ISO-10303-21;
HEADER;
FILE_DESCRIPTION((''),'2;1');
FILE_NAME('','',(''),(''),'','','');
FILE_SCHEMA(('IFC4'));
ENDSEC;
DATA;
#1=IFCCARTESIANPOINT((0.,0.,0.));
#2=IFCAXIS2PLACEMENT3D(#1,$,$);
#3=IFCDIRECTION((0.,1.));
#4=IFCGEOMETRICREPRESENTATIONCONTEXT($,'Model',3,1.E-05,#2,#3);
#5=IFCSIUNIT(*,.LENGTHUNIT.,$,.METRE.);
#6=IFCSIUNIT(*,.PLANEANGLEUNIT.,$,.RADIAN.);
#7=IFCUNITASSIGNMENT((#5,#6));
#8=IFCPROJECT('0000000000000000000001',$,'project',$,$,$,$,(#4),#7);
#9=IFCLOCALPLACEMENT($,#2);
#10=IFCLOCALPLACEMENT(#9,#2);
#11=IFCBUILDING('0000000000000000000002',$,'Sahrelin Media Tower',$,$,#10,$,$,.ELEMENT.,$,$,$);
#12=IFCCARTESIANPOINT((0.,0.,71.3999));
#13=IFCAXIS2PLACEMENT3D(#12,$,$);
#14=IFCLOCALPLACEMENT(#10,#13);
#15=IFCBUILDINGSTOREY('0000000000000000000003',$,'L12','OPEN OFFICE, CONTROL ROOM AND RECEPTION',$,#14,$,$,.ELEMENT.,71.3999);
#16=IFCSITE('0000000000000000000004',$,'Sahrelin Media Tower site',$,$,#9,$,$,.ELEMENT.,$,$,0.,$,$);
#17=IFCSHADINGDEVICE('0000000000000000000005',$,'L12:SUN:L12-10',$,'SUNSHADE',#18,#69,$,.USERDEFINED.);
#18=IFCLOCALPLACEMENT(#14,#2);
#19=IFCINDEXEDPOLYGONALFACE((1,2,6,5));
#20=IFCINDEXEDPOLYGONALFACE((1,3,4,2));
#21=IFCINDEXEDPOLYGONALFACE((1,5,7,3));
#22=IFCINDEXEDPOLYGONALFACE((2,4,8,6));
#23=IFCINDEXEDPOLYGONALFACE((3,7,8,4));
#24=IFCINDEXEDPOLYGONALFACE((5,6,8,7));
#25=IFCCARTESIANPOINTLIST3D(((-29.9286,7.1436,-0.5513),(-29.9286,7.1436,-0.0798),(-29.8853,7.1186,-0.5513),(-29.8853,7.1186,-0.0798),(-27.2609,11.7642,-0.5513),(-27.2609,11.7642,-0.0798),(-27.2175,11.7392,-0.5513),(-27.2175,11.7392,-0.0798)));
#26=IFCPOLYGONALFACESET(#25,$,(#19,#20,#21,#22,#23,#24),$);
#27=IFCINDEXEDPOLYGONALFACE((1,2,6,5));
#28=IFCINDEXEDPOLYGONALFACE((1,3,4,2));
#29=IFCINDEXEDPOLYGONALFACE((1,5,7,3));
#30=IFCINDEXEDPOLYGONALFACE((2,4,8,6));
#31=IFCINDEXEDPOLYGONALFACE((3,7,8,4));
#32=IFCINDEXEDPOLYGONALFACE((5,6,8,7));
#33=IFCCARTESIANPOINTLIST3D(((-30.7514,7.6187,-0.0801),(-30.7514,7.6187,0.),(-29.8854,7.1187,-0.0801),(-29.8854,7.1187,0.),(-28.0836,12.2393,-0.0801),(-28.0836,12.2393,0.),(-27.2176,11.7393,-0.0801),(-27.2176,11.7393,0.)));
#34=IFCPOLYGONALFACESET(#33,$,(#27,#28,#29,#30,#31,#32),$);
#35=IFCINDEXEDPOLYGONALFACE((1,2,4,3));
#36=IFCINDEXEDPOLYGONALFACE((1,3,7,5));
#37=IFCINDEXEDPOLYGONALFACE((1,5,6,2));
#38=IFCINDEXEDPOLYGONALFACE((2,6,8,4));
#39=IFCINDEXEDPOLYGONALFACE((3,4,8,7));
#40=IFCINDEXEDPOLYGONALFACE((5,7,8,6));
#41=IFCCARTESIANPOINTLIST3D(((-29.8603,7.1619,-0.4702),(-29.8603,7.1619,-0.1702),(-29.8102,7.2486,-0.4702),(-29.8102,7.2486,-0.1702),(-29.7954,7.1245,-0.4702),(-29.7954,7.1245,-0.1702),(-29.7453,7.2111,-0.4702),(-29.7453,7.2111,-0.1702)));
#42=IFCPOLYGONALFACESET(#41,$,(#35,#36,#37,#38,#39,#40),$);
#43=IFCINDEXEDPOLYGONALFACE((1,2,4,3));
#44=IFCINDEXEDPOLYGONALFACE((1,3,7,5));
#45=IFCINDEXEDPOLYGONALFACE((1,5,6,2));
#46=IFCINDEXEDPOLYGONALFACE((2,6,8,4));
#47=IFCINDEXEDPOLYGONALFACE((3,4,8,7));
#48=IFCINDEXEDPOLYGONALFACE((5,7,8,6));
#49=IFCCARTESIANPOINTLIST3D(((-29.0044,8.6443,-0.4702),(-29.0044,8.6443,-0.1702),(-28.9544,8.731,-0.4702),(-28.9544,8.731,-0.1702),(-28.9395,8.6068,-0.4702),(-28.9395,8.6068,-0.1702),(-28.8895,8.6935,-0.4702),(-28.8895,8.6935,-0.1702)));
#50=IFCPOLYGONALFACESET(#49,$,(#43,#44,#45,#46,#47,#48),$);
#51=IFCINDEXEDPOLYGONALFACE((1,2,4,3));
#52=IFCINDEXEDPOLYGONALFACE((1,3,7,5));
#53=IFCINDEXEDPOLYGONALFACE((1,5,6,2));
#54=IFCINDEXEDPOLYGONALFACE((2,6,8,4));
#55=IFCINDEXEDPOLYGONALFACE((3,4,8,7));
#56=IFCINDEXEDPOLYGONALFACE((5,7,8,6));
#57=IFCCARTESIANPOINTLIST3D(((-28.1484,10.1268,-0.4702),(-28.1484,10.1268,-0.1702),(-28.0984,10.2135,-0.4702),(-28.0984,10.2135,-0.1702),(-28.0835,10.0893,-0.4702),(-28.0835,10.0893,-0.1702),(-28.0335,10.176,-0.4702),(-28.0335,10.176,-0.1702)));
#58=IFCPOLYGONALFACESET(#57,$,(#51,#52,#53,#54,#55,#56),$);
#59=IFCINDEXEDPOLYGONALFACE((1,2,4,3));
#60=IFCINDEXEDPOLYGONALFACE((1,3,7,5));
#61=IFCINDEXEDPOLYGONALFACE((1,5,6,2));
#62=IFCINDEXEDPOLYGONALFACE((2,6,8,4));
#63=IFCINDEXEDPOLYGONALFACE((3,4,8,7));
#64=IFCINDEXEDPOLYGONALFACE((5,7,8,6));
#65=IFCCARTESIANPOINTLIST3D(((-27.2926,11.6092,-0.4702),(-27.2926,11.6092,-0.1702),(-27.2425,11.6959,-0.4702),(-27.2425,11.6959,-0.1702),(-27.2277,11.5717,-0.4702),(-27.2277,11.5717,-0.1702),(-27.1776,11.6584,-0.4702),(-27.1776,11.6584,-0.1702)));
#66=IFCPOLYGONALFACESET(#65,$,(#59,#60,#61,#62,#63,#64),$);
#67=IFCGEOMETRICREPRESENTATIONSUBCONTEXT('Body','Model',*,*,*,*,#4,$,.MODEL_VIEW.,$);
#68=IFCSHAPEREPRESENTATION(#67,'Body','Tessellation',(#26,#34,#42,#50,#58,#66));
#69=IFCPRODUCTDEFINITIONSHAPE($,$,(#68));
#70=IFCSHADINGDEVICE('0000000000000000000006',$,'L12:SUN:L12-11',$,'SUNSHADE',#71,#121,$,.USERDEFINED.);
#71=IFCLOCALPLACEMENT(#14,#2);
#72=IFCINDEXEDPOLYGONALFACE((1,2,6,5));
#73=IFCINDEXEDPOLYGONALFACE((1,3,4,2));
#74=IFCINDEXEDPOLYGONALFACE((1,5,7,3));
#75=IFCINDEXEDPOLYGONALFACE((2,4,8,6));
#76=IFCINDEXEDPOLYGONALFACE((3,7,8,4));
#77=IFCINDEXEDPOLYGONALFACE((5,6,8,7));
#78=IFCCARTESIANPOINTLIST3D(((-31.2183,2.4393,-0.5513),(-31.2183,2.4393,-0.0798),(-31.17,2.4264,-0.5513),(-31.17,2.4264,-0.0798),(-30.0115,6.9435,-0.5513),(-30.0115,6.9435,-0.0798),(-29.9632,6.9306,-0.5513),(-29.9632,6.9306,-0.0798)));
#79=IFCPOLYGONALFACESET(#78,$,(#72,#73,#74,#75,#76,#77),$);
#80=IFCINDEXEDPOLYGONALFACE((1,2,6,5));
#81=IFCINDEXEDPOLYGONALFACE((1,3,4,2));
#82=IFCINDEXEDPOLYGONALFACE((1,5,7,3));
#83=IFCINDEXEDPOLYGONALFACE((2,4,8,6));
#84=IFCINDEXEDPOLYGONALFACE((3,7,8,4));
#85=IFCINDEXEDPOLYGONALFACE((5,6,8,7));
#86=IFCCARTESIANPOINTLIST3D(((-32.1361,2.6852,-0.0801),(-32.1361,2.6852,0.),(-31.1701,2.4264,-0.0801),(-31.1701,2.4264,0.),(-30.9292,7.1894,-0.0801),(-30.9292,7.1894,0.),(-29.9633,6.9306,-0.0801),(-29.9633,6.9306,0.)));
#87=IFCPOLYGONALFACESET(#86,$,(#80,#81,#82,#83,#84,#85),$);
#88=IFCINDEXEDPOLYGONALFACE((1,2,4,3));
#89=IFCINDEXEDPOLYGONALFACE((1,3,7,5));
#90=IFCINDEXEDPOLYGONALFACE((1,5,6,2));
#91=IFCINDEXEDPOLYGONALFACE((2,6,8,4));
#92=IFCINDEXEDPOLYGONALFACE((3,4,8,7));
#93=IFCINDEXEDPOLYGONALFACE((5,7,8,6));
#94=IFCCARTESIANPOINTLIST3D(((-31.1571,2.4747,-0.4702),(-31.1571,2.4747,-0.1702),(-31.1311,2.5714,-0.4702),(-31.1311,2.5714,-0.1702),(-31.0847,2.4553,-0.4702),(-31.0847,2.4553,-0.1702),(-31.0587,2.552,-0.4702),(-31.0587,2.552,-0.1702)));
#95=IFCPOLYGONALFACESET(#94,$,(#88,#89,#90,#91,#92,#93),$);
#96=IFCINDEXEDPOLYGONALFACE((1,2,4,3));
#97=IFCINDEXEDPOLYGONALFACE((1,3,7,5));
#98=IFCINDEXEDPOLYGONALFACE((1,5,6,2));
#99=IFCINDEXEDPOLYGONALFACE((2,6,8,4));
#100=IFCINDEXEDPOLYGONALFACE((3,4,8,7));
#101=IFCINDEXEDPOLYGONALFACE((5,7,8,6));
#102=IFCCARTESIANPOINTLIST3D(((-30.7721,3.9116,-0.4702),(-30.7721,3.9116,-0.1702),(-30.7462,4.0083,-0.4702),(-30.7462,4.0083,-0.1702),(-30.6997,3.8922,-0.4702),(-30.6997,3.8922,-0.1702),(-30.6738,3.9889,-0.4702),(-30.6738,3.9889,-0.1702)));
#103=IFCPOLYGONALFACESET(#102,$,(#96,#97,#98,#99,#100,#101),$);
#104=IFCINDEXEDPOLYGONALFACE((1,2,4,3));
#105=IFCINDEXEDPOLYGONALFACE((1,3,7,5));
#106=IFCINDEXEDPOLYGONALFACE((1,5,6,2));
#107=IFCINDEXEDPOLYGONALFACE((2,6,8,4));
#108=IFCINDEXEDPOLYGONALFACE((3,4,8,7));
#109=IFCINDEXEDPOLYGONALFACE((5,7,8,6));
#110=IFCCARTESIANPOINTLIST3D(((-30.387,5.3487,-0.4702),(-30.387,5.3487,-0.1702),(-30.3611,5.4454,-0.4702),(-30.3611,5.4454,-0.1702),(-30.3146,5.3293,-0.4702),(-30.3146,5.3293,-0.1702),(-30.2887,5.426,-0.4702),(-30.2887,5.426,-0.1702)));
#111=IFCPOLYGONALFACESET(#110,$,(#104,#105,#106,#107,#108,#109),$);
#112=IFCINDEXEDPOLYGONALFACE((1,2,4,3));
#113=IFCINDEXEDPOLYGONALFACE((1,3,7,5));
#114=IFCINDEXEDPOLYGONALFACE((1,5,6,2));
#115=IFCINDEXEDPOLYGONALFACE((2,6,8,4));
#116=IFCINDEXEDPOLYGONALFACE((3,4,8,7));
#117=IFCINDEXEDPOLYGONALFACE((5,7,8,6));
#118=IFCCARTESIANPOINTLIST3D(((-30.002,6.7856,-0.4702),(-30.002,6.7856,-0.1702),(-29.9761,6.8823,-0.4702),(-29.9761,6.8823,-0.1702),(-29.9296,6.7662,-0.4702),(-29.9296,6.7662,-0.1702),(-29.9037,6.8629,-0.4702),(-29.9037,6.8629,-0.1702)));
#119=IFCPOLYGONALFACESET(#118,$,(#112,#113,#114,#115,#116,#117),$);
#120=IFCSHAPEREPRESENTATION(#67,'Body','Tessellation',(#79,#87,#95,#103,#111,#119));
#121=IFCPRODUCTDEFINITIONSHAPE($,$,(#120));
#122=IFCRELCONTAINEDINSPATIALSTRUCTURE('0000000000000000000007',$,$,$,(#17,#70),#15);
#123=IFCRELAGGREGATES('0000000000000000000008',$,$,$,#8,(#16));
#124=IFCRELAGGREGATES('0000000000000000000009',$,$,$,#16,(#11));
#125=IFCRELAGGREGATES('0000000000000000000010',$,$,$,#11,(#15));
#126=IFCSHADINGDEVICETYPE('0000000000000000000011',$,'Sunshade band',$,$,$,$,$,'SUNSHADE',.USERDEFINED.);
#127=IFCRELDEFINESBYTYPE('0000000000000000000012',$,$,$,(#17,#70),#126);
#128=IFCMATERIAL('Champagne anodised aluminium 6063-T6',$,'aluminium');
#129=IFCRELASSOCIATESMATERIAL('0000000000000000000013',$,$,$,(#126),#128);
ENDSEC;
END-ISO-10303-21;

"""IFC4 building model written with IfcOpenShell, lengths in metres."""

from ifc_helpers import new_model, si_unit, direction, frame, origin, origin_2d, place, context, subcontext, project, spatial, rectangle, extrude, material, type_object, element, save


model = new_model("IFC4")

# Units and contexts
model_context = context("Model", 3, precision=1e-05, world=origin(), true_north=direction((0.0, 1.0)))
body_context = subcontext(model_context, "Body", "Model", "MODEL_VIEW")
ifc_project = project(units=[si_unit("LENGTHUNIT", "METRE"), si_unit("PLANEANGLEUNIT", "RADIAN")], contexts=[model_context])

# Site, building, storey
site_placement = place(None, origin())
site = spatial("IfcSite", under=ifc_project, at=site_placement, Name="Sahrelin Media Tower site", CompositionType="ELEMENT", RefElevation=0.0)
building_placement = place(site_placement, origin())
building = spatial("IfcBuilding", under=site, at=building_placement, Name="Sahrelin Media Tower", CompositionType="ELEMENT")
storey_placement = place(building_placement, frame((0.0, 0.0, 71.3999)))
storey = spatial("IfcBuildingStorey", under=building, at=storey_placement, Name="L12", Description="OPEN OFFICE, CONTROL ROOM AND RECEPTION", CompositionType="ELEMENT", Elevation=71.3999)

# Shared definitions
ifc_material_1 = material(Name="Champagne anodised aluminium 6063-T6", Category="aluminium")

# Shading devices
placement_1 = place(storey_placement, frame((-28.5342, 9.4189, 0.0), z_axis=(0.0, 0.0, 1.0), x_axis=(0.500011, 0.866019, 0.0)))
placement_2 = place(storey_placement, frame((-30.5474, 4.6733, 0.0), z_axis=(0.0, 0.0, 1.0), x_axis=(0.258808, 0.965929, 0.0)))
shading_device_type_1 = type_object("IfcShadingDeviceType", Name="Sunshade band", ElementType="SUNSHADE", PredefinedType="USERDEFINED", material=ifc_material_1)
element("IfcShadingDevice", 1, at=placement_1, inside=storey, type_object=shading_device_type_1, Name="L12:SUN:L12-10", ObjectType="SUNSHADE", PredefinedType="USERDEFINED", context=body_context, shape_type="SweptSolid", body=[
    extrude(rectangle(XDim=5.3354, YDim=0.05, at=origin_2d()), frame((0.0, 0.0449, -0.5513)), (0.0, 0.0, 1.0), 0.4714),
    extrude(rectangle(XDim=5.3354, YDim=1.0, at=origin_2d()), frame((0.0, 0.52, -0.0801)), (0.0, 0.0, 1.0), 0.0801),
    extrude(rectangle(XDim=0.1001, YDim=0.075, at=origin_2d()), frame((-2.5676, -0.0176, -0.4702)), (0.0, 0.0, 1.0), 0.3),
    extrude(rectangle(XDim=0.1001, YDim=0.075, at=origin_2d()), frame((-0.856, -0.0176, -0.4702)), (0.0, 0.0, 1.0), 0.3),
    extrude(rectangle(XDim=0.1001, YDim=0.075, at=origin_2d()), frame((0.856, -0.0176, -0.4702)), (0.0, 0.0, 1.0), 0.3),
    extrude(rectangle(XDim=0.1001, YDim=0.075, at=origin_2d()), frame((2.5676, -0.0176, -0.4702)), (0.0, 0.0, 1.0), 0.3),
])
element("IfcShadingDevice", 2, at=placement_2, inside=storey, type_object=shading_device_type_1, Name="L12:SUN:L12-11", ObjectType="SUNSHADE", PredefinedType="USERDEFINED", context=body_context, shape_type="SweptSolid", body=[
    extrude(rectangle(XDim=4.6631, YDim=0.05, at=origin_2d()), frame((0.0, 0.0449, -0.5513)), (0.0, 0.0, 1.0), 0.4714),
    extrude(rectangle(XDim=4.6631, YDim=1.0, at=origin_2d()), frame((0.0, 0.52, -0.0801)), (0.0, 0.0, 1.0), 0.0801),
    extrude(rectangle(XDim=0.1001, YDim=0.075, at=origin_2d()), frame((-2.2314, -0.0176, -0.4702)), (0.0, 0.0, 1.0), 0.3),
    extrude(rectangle(XDim=0.1001, YDim=0.075, at=origin_2d()), frame((-0.7439, -0.0176, -0.4702)), (0.0, 0.0, 1.0), 0.3),
    extrude(rectangle(XDim=0.1001, YDim=0.075, at=origin_2d()), frame((0.7439, -0.0176, -0.4702)), (0.0, 0.0, 1.0), 0.3),
    extrude(rectangle(XDim=0.1001, YDim=0.075, at=origin_2d()), frame((2.2314, -0.0176, -0.4702)), (0.0, 0.0, 1.0), 0.3),
])

save(model, "model.ifc")
